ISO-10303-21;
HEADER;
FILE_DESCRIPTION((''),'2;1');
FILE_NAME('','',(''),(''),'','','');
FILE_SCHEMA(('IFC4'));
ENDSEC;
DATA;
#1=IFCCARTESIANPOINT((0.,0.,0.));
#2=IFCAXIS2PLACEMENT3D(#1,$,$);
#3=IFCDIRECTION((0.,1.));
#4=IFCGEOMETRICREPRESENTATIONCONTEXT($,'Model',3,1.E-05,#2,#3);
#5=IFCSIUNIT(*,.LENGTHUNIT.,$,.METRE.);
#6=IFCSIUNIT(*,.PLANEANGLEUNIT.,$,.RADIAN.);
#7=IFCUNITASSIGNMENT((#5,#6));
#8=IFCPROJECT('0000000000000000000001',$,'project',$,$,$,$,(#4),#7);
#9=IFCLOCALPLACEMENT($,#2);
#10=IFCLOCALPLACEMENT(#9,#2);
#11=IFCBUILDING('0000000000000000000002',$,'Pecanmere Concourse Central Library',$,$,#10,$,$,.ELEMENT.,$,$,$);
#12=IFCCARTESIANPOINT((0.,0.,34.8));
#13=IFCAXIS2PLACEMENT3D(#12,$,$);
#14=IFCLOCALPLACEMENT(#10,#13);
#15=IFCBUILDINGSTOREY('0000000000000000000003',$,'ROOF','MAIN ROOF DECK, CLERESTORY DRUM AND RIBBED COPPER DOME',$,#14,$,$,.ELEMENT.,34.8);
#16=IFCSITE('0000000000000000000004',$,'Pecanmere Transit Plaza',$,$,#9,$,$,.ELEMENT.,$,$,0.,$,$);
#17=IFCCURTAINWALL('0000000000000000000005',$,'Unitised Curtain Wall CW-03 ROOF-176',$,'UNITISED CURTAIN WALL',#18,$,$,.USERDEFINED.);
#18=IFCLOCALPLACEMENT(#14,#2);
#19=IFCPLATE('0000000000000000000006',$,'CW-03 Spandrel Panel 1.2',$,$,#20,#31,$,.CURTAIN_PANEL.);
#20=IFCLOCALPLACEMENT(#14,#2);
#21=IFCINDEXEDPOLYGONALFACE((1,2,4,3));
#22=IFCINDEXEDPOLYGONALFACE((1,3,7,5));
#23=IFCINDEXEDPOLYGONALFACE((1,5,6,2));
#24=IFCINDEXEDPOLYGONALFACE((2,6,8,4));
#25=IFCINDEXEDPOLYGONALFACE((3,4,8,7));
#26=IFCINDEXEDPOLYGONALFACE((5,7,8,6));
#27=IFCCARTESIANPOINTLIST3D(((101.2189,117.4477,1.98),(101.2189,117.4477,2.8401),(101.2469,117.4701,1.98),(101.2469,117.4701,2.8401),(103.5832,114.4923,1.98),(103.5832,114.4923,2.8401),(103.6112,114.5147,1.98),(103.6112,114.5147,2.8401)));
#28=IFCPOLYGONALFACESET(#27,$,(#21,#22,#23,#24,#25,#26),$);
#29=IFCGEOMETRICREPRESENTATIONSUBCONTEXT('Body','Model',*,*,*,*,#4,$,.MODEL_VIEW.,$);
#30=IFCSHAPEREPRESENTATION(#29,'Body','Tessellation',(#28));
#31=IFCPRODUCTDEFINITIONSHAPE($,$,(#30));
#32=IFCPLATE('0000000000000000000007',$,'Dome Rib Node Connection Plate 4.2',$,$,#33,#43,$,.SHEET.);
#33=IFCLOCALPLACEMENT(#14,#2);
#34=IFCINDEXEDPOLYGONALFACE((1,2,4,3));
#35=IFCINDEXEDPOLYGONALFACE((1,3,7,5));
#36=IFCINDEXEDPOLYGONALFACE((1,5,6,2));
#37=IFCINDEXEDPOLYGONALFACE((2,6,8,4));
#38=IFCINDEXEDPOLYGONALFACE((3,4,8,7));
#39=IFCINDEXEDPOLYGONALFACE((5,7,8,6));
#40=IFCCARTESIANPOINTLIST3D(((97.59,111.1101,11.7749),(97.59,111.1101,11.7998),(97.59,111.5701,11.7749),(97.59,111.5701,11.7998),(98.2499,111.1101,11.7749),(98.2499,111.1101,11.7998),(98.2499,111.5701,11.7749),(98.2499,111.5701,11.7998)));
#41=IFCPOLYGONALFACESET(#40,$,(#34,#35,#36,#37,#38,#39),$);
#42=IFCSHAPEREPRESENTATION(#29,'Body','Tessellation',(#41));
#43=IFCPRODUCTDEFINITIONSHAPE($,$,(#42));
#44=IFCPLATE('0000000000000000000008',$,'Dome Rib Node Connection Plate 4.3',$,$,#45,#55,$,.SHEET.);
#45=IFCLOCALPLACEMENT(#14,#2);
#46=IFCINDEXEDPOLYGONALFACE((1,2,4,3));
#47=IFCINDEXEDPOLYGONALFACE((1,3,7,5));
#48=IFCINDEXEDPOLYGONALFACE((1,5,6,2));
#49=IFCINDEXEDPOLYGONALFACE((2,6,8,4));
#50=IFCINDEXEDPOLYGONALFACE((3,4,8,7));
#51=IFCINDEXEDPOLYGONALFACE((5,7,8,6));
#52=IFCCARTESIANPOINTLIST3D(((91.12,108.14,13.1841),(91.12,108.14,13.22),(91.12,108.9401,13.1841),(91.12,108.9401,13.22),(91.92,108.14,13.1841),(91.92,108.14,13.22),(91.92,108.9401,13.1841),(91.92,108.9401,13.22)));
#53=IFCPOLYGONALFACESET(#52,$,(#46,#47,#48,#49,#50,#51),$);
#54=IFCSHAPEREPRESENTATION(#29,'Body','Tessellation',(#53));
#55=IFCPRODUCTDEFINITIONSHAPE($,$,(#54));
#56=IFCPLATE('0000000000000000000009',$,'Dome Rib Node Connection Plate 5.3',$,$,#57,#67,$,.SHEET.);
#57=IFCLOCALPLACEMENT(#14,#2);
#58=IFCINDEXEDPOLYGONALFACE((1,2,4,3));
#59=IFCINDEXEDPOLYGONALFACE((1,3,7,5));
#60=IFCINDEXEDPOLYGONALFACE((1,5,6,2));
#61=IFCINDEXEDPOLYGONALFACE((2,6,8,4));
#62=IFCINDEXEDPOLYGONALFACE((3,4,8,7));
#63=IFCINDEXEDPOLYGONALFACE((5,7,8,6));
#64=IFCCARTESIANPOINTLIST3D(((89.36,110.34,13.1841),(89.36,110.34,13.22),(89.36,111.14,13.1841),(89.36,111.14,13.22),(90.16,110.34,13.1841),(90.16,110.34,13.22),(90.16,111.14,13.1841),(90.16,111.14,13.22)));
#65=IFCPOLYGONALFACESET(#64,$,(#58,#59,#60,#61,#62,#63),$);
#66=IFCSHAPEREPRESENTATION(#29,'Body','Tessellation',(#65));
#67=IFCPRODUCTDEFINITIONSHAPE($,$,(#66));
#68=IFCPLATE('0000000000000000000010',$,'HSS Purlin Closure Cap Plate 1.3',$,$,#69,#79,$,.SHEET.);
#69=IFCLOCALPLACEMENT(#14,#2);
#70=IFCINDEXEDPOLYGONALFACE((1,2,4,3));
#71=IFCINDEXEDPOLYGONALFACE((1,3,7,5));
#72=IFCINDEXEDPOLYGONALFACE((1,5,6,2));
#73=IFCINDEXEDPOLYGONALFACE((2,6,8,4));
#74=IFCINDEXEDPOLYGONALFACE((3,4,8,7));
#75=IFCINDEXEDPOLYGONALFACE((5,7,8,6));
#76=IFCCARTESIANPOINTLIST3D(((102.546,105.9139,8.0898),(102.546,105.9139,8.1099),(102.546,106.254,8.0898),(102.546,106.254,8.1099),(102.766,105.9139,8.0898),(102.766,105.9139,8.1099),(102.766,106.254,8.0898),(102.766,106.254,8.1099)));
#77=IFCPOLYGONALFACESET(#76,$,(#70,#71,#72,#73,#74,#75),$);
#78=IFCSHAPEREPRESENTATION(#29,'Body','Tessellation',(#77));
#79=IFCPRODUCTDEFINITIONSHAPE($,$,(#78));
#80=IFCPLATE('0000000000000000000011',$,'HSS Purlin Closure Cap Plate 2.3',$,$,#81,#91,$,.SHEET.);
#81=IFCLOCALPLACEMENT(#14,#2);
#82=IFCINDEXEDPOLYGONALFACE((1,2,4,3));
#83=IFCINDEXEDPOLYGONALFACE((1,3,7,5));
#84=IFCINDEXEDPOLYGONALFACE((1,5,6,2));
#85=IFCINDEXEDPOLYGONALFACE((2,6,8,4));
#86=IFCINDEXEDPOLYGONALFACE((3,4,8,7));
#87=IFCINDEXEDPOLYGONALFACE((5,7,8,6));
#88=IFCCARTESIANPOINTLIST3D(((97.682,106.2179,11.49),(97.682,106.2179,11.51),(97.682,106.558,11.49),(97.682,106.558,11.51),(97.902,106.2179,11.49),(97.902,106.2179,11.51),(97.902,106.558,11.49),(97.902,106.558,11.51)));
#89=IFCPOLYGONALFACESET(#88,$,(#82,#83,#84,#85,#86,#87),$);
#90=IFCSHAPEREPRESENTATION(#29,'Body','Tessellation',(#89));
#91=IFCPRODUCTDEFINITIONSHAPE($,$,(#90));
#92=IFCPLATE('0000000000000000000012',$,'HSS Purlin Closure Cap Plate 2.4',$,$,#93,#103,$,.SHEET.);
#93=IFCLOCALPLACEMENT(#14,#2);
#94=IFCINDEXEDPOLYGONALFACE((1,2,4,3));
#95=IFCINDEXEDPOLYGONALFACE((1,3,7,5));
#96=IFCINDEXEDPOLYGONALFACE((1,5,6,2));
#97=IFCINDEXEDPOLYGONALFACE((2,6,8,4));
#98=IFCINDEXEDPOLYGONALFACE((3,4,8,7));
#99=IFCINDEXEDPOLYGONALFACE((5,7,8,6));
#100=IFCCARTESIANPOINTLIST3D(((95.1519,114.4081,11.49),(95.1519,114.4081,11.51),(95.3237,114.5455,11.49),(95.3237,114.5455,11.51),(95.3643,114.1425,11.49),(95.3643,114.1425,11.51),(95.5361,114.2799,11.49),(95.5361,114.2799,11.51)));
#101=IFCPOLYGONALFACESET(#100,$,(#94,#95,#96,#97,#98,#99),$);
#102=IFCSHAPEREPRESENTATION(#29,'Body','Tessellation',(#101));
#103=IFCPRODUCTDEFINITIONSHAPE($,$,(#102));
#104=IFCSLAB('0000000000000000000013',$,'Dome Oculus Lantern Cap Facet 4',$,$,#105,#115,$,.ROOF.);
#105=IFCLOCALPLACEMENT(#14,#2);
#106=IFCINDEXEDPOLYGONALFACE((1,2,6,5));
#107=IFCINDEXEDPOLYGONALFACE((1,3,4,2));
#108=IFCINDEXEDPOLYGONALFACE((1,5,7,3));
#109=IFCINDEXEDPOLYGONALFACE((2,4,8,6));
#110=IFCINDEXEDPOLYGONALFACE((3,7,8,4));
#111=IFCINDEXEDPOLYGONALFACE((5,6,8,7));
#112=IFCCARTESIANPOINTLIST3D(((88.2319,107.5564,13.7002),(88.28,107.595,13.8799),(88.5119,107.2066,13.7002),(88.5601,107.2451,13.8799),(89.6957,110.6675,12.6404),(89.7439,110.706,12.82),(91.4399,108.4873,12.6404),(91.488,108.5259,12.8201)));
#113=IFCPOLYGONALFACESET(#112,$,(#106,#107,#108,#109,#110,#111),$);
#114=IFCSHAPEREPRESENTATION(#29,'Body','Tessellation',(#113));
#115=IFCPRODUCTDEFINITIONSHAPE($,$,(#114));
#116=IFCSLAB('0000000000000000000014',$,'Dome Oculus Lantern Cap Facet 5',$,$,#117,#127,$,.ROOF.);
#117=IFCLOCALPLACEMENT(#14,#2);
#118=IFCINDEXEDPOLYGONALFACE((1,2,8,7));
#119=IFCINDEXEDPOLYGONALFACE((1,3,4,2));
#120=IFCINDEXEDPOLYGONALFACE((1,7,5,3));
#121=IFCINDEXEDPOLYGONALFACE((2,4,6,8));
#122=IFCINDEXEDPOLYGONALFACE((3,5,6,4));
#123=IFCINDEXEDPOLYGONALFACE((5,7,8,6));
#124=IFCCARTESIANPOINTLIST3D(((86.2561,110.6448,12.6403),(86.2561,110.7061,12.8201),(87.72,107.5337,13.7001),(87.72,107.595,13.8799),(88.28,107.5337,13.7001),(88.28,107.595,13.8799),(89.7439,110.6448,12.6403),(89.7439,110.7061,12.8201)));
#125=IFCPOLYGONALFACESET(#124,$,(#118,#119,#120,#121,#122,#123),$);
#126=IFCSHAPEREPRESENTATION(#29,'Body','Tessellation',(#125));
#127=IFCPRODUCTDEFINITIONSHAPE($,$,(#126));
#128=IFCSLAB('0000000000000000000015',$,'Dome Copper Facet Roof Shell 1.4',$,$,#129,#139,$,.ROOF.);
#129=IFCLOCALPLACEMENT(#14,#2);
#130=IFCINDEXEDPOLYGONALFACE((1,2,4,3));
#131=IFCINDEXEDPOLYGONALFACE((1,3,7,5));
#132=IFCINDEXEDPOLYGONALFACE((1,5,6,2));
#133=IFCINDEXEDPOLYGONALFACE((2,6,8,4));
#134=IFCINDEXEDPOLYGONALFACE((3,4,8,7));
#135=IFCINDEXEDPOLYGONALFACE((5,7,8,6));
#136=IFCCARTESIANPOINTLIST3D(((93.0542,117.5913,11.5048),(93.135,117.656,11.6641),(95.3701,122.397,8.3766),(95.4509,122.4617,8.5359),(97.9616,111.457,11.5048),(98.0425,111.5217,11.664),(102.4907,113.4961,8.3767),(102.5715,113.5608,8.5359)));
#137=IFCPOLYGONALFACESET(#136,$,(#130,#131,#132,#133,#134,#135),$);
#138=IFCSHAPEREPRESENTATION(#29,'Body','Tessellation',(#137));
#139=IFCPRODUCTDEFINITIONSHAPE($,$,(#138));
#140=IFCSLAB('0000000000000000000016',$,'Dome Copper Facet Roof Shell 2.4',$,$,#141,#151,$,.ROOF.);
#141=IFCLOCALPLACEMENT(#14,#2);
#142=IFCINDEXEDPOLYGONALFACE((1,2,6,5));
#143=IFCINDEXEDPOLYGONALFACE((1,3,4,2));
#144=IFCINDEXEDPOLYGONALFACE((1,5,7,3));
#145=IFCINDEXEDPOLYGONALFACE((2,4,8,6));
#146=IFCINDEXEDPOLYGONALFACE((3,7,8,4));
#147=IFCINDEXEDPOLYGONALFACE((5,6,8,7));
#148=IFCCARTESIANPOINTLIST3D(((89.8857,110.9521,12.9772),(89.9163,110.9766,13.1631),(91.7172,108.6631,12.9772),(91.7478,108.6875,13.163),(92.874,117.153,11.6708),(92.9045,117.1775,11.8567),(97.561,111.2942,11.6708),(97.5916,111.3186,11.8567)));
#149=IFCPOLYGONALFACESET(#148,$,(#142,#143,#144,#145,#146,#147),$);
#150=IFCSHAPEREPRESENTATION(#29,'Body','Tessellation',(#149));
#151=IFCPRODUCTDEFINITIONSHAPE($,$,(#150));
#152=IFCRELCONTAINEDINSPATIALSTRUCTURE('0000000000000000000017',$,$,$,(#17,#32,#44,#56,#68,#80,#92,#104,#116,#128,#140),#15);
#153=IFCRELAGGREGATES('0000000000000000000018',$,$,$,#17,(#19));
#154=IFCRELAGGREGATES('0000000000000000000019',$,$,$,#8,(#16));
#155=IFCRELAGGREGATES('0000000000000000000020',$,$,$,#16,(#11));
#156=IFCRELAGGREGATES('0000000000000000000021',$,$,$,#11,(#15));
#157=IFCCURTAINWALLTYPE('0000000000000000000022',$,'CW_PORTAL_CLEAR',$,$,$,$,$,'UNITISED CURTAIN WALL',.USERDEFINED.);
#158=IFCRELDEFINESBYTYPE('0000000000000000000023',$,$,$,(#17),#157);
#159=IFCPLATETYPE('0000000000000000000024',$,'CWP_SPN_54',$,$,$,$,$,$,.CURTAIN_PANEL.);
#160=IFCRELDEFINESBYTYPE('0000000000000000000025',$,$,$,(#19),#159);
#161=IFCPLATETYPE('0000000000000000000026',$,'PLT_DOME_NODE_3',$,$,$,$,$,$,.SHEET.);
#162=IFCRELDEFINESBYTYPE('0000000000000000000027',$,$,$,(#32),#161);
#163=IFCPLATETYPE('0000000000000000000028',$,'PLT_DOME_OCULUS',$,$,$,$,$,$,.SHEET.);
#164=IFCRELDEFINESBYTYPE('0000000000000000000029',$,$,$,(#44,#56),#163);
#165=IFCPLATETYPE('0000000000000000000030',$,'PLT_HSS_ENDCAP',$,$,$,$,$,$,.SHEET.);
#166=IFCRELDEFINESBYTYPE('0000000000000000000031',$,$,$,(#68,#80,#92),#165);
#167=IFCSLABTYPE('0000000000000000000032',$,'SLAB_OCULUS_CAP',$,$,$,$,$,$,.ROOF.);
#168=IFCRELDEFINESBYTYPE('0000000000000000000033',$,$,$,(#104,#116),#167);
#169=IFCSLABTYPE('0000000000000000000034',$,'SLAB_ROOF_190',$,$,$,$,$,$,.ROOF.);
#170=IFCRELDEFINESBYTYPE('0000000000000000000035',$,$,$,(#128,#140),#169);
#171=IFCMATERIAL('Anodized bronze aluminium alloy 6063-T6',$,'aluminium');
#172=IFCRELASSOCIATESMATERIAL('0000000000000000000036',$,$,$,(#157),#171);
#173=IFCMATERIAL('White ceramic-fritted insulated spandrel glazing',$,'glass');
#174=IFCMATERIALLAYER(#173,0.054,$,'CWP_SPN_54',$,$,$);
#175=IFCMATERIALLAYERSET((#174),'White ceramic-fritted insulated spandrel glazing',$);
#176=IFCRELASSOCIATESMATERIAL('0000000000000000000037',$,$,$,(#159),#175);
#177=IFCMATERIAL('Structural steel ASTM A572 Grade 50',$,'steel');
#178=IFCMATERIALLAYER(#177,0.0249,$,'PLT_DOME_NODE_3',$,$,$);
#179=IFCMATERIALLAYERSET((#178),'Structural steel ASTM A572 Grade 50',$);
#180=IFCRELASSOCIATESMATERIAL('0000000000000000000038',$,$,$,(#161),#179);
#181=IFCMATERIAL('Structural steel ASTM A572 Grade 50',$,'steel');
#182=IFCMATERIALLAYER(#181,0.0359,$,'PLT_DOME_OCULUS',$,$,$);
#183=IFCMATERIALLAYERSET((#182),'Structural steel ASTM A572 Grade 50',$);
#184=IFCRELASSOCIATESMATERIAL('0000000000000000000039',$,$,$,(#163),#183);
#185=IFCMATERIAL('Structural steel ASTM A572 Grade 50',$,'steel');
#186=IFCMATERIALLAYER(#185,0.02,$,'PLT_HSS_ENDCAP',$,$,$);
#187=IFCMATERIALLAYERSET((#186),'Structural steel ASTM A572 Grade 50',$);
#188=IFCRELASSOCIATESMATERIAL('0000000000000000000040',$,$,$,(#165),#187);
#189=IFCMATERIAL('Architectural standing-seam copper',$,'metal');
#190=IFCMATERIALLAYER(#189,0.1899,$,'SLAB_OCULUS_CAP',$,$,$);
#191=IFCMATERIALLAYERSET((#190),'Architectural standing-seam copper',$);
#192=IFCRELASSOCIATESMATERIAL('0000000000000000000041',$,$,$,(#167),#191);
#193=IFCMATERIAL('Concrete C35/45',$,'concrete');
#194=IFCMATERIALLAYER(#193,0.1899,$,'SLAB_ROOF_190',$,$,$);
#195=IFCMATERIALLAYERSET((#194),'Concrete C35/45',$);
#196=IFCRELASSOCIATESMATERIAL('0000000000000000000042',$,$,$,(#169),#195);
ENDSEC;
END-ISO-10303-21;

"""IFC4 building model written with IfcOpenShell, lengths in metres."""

from ifc_helpers import new_model, si_unit, direction, frame, origin, origin_2d, place, context, subcontext, project, spatial, polyline, rectangle, outline, extrude, material, layer, layer_set, type_object, element, aggregate, save


model = new_model("IFC4")

# Units and contexts
model_context = context("Model", 3, precision=1e-05, world=origin(), true_north=direction((0.0, 1.0)))
body_context = subcontext(model_context, "Body", "Model", "MODEL_VIEW")
ifc_project = project(units=[si_unit("LENGTHUNIT", "METRE"), si_unit("PLANEANGLEUNIT", "RADIAN")], contexts=[model_context])

# Site, building, storey
site_placement = place(None, origin())
site = spatial("IfcSite", under=ifc_project, at=site_placement, Name="Pecanmere Transit Plaza", CompositionType="ELEMENT", RefElevation=0.0)
building_placement = place(site_placement, origin())
building = spatial("IfcBuilding", under=site, at=building_placement, Name="Pecanmere Concourse Central Library", CompositionType="ELEMENT")
storey_placement = place(building_placement, frame((0.0, 0.0, 34.8)))
storey = spatial("IfcBuildingStorey", under=building, at=storey_placement, Name="ROOF", Description="MAIN ROOF DECK, CLERESTORY DRUM AND RIBBED COPPER DOME", CompositionType="ELEMENT", Elevation=34.8)

# Curtain wall, plate
ifc_material_1 = material(Name="Anodized bronze aluminium alloy 6063-T6", Category="aluminium")
curtain_wall_type = type_object("IfcCurtainWallType", Name="CW_PORTAL_CLEAR", ElementType="UNITISED CURTAIN WALL", PredefinedType="USERDEFINED", material=ifc_material_1)
curtain_wall_placement = place(storey_placement, origin())
curtain_wall = element("IfcCurtainWall", 1, at=curtain_wall_placement, inside=storey, type_object=curtain_wall_type, Name="Unitised Curtain Wall CW-03 ROOF-176", ObjectType="UNITISED CURTAIN WALL", PredefinedType="USERDEFINED")
ifc_material_2 = material(Name="White ceramic-fritted insulated spandrel glazing", Category="glass")
ifc_layer_1 = layer(ifc_material_2, 0.054, Name="CWP_SPN_54")
ifc_layer_set_1 = layer_set([ifc_layer_1], Name="White ceramic-fritted insulated spandrel glazing")
plate_type_1 = type_object("IfcPlateType", Name="CWP_SPN_54", PredefinedType="CURTAIN_PANEL", material=ifc_layer_set_1)
plate_1_placement = place(storey_placement, frame((102.415, 115.9812, 1.98), z_axis=(0.0, 0.0, 1.0), x_axis=(-0.624697, 0.780867, 0.0)))
plate_1 = element("IfcPlate", 2, at=plate_1_placement, type_object=plate_type_1, Name="CW-03 Spandrel Panel 1.2", PredefinedType="CURTAIN_PANEL", context=body_context, shape_type="SweptSolid", body=[
    extrude(rectangle(XDim=3.7847, YDim=0.0359, at=origin_2d()), origin(), (0.0, 0.0, 1.0), 0.8601),
])
aggregate(curtain_wall, [plate_1])

# Plates
ifc_material_3 = material(Name="Structural steel ASTM A572 Grade 50", Category="steel")
ifc_layer_2 = layer(ifc_material_3, 0.0249, Name="PLT_DOME_NODE_3")
ifc_layer_set_2 = layer_set([ifc_layer_2], Name="Structural steel ASTM A572 Grade 50")
plate_type_2 = type_object("IfcPlateType", Name="PLT_DOME_NODE_3", PredefinedType="SHEET", material=ifc_layer_set_2)
plate_2_placement = place(storey_placement, frame((97.9199, 111.3401, 11.7749), z_axis=(0.0, 0.0, 1.0), x_axis=(1.0, 0.0, 0.0)))
element("IfcPlate", 3, at=plate_2_placement, inside=storey, type_object=plate_type_2, Name="Dome Rib Node Connection Plate 4.2", PredefinedType="SHEET", context=body_context, shape_type="SweptSolid", body=[
    extrude(rectangle(XDim=0.6599, YDim=0.46, at=origin_2d()), origin(), (0.0, 0.0, 1.0), 0.0249),
])
ifc_material_4 = material(Name="Structural steel ASTM A572 Grade 50", Category="steel")
ifc_layer_3 = layer(ifc_material_4, 0.0359, Name="PLT_DOME_OCULUS")
ifc_layer_set_3 = layer_set([ifc_layer_3], Name="Structural steel ASTM A572 Grade 50")
plate_type_3 = type_object("IfcPlateType", Name="PLT_DOME_OCULUS", PredefinedType="SHEET", material=ifc_layer_set_3)
for number, where, z_axis, x_axis, name in (
    (4, (91.52, 108.54, 13.1841), (0.0, 0.0, 1.0), (1.0, 0.0, 0.0), "Dome Rib Node Connection Plate 4.3"),
    (5, (89.76, 110.74, 13.1841), (0.0, 0.0, 1.0), (1.0, 0.0, 0.0), "Dome Rib Node Connection Plate 5.3"),
):
    element("IfcPlate", number, at=place(storey_placement, frame(where, z_axis=z_axis, x_axis=x_axis)), inside=storey, type_object=plate_type_3, Name=name, PredefinedType="SHEET", context=body_context, shape_type="SweptSolid", body=[
        extrude(rectangle(XDim=0.8, YDim=0.8, at=origin_2d()), origin(), (0.0, 0.0, 1.0), 0.0359),
    ])
ifc_material_5 = material(Name="Structural steel ASTM A572 Grade 50", Category="steel")
ifc_layer_4 = layer(ifc_material_5, 0.02, Name="PLT_HSS_ENDCAP")
ifc_layer_set_4 = layer_set([ifc_layer_4], Name="Structural steel ASTM A572 Grade 50")
plate_type_4 = type_object("IfcPlateType", Name="PLT_HSS_ENDCAP", PredefinedType="SHEET", material=ifc_layer_set_4)
for number, where, z_axis, x_axis, name in (
    (6, (102.656, 106.084, 8.0898), (0.0, 0.0, 1.0), (0.0, 1.0, 0.0), "HSS Purlin Closure Cap Plate 1.3"),
    (7, (97.792, 106.3879, 11.49), (0.0, 0.0, 1.0), (0.0, 1.0, 0.0), "HSS Purlin Closure Cap Plate 2.3"),
    (8, (95.344, 114.344, 11.49), (0.0, 0.0, 1.0), (-0.624698, 0.780867, 0.0), "HSS Purlin Closure Cap Plate 2.4"),
):
    element("IfcPlate", number, at=place(storey_placement, frame(where, z_axis=z_axis, x_axis=x_axis)), inside=storey, type_object=plate_type_4, Name=name, PredefinedType="SHEET", context=body_context, shape_type="SweptSolid", body=[
        extrude(rectangle(XDim=0.3401, YDim=0.22, at=origin_2d()), origin(), (0.0, 0.0, 1.0), 0.02),
    ])

# Slabs
ifc_material_6 = material(Name="Architectural standing-seam copper", Category="metal")
ifc_layer_5 = layer(ifc_material_6, 0.1899, Name="SLAB_OCULUS_CAP")
ifc_layer_set_5 = layer_set([ifc_layer_5], Name="Architectural standing-seam copper")
slab_type_1 = type_object("IfcSlabType", Name="SLAB_OCULUS_CAP", PredefinedType="ROOF", material=ifc_layer_set_5)
slab_1_placement = place(storey_placement, frame((91.488, 108.5259, 12.8201), z_axis=(0.253586, 0.202883, 0.945797), x_axis=(-0.624698, 0.780866, -0.000011)))
element("IfcSlab", 9, at=slab_1_placement, inside=storey, type_object=slab_type_1, Name="Dome Oculus Lantern Cap Facet 4", PredefinedType="ROOF", context=body_context, shape_type="SweptSolid", body=[
    extrude(outline(polyline([(0.0, 0.0), (2.792, 0.0), (1.2771, 3.2634), (0.829, 3.2633), (0.0, 0.0)])), origin(), (0.0, 0.0, -1.0), 0.1899),
])
slab_2_placement = place(storey_placement, frame((89.7439, 110.7061, 12.8201), z_axis=(0.0, 0.322461, 0.946583), x_axis=(-1.0, 0.0, 0.0)))
element("IfcSlab", 10, at=slab_2_placement, inside=storey, type_object=slab_type_1, Name="Dome Oculus Lantern Cap Facet 5", PredefinedType="ROOF", context=body_context, shape_type="SweptSolid", body=[
    extrude(outline(polyline([(0.0, 0.0), (3.4878, 0.0), (2.0239, 3.2866), (1.4639, 3.2866), (0.0, 0.0)])), origin(), (0.0, 0.0, -1.0), 0.1899),
])
ifc_material_7 = material(Name="Concrete C35/45", Category="concrete")
ifc_layer_6 = layer(ifc_material_7, 0.1899, Name="SLAB_ROOF_190")
ifc_layer_set_6 = layer_set([ifc_layer_6], Name="Concrete C35/45")
slab_type_2 = type_object("IfcSlabType", Name="SLAB_ROOF_190", PredefinedType="ROOF", material=ifc_layer_set_6)
slab_3_placement = place(storey_placement, frame((102.5715, 113.5608, 8.5359), z_axis=(0.425698, 0.340557, 0.838333), x_axis=(-0.624691, 0.780872, -0.000002)))
element("IfcSlab", 11, at=slab_3_placement, inside=storey, type_object=slab_type_2, Name="Dome Copper Facet Roof Shell 1.4", PredefinedType="ROOF", context=body_context, shape_type="SweptSolid", body=[
    extrude(outline(polyline([(0.0, 0.0), (11.3986, 0.0), (9.0927, 5.7381), (1.237, 5.7381), (0.0, 0.0)])), origin(), (0.0, 0.0, -1.0), 0.1899),
])
slab_4_placement = place(storey_placement, frame((97.5916, 111.3186, 11.8567), z_axis=(0.160825, 0.128664, 0.978561), x_axis=(-0.624688, 0.780875, -0.000005)))
element("IfcSlab", 12, at=slab_4_placement, inside=storey, type_object=slab_type_2, Name="Dome Copper Facet Roof Shell 2.4", PredefinedType="ROOF", context=body_context, shape_type="SweptSolid", body=[
    extrude(outline(polyline([(0.0, 0.0), (7.503, 0.0), (4.5276, 6.3431), (1.596, 6.3428), (0.0, 0.0)])), origin(), (0.0, 0.0, -1.0), 0.1899),
])

save(model, "model.ifc")
